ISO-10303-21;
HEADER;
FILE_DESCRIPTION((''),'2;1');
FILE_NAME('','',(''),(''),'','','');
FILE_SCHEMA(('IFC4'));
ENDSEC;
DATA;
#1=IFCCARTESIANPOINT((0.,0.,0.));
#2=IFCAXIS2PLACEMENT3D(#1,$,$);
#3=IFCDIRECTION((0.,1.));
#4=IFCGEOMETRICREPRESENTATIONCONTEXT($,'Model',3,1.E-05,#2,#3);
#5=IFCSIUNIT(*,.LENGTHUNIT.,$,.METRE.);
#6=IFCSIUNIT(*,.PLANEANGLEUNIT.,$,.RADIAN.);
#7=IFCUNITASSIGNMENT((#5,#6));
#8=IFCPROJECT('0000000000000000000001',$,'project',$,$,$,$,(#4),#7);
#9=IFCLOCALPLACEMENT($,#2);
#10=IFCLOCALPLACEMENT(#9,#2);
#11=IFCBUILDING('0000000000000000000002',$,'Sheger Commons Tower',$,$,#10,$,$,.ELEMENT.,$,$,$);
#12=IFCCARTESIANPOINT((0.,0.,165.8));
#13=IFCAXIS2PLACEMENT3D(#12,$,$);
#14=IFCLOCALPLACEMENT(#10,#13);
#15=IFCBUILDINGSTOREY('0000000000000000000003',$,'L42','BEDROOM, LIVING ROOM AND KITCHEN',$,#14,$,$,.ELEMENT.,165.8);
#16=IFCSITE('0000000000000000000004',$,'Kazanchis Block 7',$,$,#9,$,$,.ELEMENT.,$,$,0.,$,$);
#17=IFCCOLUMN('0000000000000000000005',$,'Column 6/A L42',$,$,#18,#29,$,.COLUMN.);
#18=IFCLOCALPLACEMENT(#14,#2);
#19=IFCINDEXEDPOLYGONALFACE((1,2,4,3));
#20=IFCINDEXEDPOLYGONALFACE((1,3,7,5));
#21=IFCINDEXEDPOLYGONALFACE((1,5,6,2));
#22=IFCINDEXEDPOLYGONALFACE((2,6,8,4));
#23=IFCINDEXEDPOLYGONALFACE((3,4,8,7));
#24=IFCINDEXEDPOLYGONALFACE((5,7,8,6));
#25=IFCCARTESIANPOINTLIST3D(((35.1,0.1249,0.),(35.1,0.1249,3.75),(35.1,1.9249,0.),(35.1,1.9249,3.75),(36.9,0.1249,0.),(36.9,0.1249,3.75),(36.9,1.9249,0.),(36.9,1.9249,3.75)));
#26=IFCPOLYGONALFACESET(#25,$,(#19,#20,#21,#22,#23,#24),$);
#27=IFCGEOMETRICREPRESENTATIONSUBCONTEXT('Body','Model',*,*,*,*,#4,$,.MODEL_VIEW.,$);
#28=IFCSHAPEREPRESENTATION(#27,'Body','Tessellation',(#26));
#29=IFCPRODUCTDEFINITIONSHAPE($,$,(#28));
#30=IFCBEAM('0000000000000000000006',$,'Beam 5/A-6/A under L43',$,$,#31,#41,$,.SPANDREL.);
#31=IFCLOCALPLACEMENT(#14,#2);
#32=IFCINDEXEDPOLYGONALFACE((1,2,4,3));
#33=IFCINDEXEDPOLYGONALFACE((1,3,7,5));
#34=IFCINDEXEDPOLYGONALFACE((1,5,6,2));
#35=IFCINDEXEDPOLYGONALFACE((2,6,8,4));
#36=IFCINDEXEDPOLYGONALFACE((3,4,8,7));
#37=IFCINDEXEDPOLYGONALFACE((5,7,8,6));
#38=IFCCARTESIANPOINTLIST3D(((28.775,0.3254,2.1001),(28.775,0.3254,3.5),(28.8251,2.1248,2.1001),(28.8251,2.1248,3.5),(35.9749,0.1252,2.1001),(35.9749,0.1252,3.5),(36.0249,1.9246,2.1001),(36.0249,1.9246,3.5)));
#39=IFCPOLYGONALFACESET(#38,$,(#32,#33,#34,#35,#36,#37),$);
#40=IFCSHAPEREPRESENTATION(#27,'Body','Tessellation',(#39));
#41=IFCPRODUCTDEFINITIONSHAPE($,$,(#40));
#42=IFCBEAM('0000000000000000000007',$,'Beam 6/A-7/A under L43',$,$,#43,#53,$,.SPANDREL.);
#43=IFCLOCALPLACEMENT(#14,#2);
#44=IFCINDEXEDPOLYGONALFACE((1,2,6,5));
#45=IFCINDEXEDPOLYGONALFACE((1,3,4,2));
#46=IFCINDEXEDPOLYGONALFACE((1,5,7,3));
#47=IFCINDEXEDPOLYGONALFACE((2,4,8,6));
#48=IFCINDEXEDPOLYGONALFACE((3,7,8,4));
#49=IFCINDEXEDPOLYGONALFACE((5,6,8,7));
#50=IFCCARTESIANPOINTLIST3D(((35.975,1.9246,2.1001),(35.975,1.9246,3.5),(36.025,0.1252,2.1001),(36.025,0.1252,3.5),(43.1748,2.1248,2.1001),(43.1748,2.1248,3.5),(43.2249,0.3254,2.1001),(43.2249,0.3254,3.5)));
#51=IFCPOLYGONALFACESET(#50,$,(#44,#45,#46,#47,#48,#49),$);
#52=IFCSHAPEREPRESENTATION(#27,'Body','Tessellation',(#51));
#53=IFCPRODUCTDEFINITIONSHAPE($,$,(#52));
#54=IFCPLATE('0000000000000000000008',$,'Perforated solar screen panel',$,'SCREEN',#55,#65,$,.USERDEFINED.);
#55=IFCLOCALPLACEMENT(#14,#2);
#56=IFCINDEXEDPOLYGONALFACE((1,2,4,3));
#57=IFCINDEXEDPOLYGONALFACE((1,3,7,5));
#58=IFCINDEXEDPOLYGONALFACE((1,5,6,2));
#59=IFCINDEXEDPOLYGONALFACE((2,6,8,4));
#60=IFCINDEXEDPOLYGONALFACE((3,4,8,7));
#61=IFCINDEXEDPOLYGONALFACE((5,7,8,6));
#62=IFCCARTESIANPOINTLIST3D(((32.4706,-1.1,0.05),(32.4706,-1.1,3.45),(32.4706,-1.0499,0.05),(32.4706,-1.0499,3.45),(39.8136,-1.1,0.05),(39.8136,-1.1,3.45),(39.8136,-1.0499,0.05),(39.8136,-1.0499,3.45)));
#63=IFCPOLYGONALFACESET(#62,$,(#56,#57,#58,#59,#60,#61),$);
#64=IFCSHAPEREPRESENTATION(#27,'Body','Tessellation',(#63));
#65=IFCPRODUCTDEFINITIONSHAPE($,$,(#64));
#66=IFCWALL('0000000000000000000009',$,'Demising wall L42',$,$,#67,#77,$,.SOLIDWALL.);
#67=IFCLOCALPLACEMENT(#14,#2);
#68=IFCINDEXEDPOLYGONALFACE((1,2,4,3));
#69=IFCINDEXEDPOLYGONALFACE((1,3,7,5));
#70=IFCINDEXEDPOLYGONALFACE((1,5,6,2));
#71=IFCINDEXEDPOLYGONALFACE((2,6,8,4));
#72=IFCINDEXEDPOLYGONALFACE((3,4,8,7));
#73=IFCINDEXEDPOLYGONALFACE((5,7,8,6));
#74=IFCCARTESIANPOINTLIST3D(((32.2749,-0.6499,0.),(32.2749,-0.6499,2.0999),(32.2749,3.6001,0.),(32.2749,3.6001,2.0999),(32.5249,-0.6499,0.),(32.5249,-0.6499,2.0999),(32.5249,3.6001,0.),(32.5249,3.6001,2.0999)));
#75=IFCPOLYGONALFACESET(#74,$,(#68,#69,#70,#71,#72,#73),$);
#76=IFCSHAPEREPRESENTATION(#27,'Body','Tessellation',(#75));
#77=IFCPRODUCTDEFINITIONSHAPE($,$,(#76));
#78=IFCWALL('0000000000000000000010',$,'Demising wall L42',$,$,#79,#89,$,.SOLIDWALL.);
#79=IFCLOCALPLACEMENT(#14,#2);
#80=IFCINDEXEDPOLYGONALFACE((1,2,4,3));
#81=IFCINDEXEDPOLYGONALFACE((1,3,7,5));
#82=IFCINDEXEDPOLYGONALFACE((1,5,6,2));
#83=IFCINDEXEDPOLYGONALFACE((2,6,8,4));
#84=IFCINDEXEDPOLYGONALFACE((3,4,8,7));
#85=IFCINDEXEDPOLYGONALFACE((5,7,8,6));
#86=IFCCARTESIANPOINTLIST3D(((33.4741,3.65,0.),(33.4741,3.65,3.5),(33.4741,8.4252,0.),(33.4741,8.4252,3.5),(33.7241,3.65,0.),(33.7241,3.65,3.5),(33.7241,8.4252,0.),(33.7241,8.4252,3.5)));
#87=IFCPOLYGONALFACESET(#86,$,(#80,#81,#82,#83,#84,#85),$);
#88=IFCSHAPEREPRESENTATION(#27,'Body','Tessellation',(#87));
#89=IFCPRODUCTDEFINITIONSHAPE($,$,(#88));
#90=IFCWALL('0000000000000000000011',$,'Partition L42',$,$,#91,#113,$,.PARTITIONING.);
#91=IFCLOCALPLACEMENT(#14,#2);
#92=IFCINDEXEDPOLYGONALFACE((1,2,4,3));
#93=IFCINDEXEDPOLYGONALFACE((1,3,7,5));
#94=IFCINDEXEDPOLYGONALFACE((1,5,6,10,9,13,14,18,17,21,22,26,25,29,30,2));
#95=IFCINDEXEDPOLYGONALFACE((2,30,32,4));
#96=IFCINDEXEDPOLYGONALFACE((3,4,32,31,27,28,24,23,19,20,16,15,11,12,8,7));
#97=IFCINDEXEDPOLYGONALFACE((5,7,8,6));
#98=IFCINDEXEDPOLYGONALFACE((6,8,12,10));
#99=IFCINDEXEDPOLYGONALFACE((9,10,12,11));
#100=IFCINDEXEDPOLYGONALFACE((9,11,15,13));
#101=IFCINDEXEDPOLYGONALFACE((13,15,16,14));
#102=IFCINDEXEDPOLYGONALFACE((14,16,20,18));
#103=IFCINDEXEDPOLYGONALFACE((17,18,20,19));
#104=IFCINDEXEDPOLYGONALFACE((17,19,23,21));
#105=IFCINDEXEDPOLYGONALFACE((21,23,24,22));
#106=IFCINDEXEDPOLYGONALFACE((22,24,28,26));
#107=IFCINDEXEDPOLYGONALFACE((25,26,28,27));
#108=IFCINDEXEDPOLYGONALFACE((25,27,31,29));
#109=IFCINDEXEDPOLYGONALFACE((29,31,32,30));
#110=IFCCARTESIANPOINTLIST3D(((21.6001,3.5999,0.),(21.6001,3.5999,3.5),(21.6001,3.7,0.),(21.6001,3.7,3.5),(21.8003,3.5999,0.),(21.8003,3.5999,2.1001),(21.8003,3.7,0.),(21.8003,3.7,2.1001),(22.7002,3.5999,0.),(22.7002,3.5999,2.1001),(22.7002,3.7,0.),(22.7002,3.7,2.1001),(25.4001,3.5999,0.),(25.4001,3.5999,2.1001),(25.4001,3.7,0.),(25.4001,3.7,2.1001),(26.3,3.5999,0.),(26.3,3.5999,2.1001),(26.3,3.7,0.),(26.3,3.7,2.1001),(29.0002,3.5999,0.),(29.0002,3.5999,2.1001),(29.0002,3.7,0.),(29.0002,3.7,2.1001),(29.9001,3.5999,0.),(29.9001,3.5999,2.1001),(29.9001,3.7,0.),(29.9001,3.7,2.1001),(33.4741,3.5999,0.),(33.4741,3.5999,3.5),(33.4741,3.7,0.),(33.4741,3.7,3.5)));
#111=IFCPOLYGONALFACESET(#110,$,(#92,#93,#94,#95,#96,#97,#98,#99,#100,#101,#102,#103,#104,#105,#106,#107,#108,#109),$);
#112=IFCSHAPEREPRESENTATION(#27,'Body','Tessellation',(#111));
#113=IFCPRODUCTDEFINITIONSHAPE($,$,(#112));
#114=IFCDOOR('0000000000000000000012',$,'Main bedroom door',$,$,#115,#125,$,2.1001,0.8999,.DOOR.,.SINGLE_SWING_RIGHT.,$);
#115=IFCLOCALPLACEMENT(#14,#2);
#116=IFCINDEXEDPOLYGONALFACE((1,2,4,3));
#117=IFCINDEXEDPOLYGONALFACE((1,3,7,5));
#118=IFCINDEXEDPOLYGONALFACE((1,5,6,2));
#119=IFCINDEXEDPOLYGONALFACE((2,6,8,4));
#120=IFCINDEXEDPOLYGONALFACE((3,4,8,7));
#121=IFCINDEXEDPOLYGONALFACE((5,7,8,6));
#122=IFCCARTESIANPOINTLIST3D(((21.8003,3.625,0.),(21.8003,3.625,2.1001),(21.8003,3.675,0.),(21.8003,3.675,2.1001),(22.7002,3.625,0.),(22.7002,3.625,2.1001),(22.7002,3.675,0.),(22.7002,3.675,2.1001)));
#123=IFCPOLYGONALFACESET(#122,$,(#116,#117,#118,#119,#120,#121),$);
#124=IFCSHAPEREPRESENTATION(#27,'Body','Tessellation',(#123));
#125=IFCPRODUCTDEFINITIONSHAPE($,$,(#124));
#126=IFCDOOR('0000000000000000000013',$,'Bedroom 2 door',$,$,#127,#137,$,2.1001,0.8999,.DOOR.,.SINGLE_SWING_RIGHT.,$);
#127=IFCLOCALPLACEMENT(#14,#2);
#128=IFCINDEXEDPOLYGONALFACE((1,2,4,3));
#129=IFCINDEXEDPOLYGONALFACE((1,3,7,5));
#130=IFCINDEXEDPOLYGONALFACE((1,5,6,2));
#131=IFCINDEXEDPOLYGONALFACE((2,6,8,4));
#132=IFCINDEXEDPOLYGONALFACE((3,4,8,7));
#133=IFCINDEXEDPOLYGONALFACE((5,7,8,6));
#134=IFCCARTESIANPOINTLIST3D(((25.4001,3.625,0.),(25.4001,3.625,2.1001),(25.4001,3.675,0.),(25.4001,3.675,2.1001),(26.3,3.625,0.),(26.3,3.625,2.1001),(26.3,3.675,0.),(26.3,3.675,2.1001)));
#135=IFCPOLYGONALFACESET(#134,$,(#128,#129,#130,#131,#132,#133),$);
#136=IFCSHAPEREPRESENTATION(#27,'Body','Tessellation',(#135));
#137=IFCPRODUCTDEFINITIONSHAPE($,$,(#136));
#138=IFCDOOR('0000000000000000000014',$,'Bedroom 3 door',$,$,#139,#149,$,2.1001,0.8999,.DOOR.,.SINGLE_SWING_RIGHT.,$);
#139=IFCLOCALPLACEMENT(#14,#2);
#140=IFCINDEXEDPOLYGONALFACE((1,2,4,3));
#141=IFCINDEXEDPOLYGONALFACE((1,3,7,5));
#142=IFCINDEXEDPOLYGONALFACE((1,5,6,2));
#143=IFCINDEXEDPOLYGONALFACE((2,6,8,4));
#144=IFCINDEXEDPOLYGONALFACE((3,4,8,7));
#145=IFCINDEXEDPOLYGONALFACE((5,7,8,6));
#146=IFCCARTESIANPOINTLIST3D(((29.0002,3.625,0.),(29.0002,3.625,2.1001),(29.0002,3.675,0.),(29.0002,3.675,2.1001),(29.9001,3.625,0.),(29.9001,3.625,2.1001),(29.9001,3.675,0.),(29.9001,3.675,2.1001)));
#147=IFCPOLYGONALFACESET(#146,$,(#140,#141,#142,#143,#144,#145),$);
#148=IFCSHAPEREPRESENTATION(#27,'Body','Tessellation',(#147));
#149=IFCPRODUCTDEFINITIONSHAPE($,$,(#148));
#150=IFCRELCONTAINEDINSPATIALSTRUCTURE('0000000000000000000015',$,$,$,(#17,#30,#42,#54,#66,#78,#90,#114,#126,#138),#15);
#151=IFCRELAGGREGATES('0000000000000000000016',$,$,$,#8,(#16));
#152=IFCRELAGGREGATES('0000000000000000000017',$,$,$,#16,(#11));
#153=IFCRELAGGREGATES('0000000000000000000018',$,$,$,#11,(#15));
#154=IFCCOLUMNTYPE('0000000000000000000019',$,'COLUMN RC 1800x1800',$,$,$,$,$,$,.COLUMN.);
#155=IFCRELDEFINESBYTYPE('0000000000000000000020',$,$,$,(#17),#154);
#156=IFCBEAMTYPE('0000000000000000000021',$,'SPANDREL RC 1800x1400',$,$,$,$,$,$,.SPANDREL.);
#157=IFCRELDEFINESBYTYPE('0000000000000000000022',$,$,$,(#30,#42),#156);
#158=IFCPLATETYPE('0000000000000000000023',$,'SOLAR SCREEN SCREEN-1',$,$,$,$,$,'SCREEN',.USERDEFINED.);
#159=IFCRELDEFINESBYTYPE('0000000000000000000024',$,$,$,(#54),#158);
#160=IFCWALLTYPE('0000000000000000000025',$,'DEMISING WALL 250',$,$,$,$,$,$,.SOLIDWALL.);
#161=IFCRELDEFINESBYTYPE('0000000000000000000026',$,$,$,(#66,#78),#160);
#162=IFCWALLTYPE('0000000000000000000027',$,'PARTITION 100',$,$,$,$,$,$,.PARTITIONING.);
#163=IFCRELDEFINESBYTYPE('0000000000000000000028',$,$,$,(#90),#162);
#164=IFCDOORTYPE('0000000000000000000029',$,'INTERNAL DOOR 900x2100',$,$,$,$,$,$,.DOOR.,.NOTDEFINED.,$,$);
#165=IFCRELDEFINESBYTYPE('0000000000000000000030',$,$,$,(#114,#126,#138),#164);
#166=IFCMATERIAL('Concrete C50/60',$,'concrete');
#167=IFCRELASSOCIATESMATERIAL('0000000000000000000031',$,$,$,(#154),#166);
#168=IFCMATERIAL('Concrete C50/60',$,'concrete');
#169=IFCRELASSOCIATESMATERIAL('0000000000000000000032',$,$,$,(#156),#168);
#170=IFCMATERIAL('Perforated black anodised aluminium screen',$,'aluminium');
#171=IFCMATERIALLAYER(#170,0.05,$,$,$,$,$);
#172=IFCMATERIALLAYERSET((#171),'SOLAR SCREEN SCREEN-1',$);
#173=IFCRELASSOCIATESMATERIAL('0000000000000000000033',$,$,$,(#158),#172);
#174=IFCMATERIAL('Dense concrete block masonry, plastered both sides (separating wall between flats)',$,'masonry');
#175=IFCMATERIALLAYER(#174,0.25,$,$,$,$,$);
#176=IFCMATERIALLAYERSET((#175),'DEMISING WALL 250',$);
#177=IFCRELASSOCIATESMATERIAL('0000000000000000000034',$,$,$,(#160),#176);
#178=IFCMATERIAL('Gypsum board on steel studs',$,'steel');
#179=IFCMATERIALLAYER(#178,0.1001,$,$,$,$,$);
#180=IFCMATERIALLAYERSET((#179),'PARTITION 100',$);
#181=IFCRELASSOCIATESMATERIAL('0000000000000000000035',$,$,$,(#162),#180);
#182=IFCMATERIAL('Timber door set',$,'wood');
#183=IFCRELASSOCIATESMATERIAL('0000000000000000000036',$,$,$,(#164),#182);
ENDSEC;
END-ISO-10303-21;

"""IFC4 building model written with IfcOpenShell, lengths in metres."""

from ifc_helpers import new_model, si_unit, direction, frame, frame_2d, origin, origin_2d, place, context, subcontext, project, spatial, rectangle, extrude, material, layer, layer_set, material_profile, profile_set, type_object, element, fill, save


model = new_model("IFC4")

# Units and contexts
model_context = context("Model", 3, precision=1e-05, world=origin(), true_north=direction((0.0, 1.0)))
body_context = subcontext(model_context, "Body", "Model", "MODEL_VIEW")
ifc_project = project(units=[si_unit("LENGTHUNIT", "METRE"), si_unit("PLANEANGLEUNIT", "RADIAN")], contexts=[model_context])

# Site, building, storey
site_placement = place(None, origin())
site = spatial("IfcSite", under=ifc_project, at=site_placement, Name="Kazanchis Block 7", CompositionType="ELEMENT", RefElevation=0.0)
building_placement = place(site_placement, origin())
building = spatial("IfcBuilding", under=site, at=building_placement, Name="Sheger Commons Tower", CompositionType="ELEMENT")
storey_placement = place(building_placement, frame((0.0, 0.0, 165.8)))
storey = spatial("IfcBuildingStorey", under=building, at=storey_placement, Name="L42", Description="BEDROOM, LIVING ROOM AND KITCHEN", CompositionType="ELEMENT", Elevation=165.8)

# Column
ifc_material_1 = material(Name="Concrete C50/60", Category="concrete")
ifc_material_profile_1 = material_profile(ifc_material_1, rectangle(XDim=1.8, YDim=1.8, at=origin_2d()), Name="RC 1800x1800")
ifc_profile_set_1 = profile_set([ifc_material_profile_1], Name="Concrete C50/60")
column_type = type_object("IfcColumnType", Name="COLUMN RC 1800x1800", PredefinedType="COLUMN", material=ifc_profile_set_1)
column_placement = place(storey_placement, frame((36.0, 1.0249, 0.0), z_axis=(0.0, 0.0, 1.0), x_axis=(1.0, 0.0, 0.0)))
element("IfcColumn", 1, at=column_placement, inside=storey, type_object=column_type, Name="Column 6/A L42", PredefinedType="COLUMN", context=body_context, shape_type="SweptSolid", body=[
    extrude(rectangle(XDim=1.8, YDim=1.8, at=origin_2d()), origin(), (0.0, 0.0, 1.0), 3.75),
])

# Beams
ifc_material_2 = material(Name="Concrete C50/60", Category="concrete")
ifc_material_profile_2 = material_profile(ifc_material_2, rectangle(XDim=1.8, YDim=1.3999, at=origin_2d()), Name="RC 1800x1400")
ifc_profile_set_2 = profile_set([ifc_material_profile_2], Name="Concrete C50/60")
beam_type = type_object("IfcBeamType", Name="SPANDREL RC 1800x1400", PredefinedType="SPANDREL", material=ifc_profile_set_2)
for number, where, z_axis, x_axis, name in (
    (2, (28.8, 1.2251, 2.8), (0.999614, -0.027794, 0.0), (0.027794, 0.999614, 0.0), "Beam 5/A-6/A under L43"),
    (3, (36.0, 1.0249, 2.8), (0.999614, 0.027794, 0.0), (-0.027794, 0.999614, 0.0), "Beam 6/A-7/A under L43"),
):
    element("IfcBeam", number, at=place(storey_placement, frame(where, z_axis=z_axis, x_axis=x_axis)), inside=storey, type_object=beam_type, Name=name, PredefinedType="SPANDREL", context=body_context, shape_type="SweptSolid", body=[
        extrude(rectangle(XDim=1.8, YDim=1.3999, at=origin_2d()), origin(), (0.0, 0.0, 1.0), 7.2026),
    ])

# Plate
ifc_material_3 = material(Name="Perforated black anodised aluminium screen", Category="aluminium")
ifc_layer_1 = layer(ifc_material_3, 0.05)
ifc_layer_set_1 = layer_set([ifc_layer_1], Name="SOLAR SCREEN SCREEN-1")
plate_type = type_object("IfcPlateType", Name="SOLAR SCREEN SCREEN-1", ElementType="SCREEN", PredefinedType="USERDEFINED", material=ifc_layer_set_1)
plate_placement = place(storey_placement, frame((36.1421, -1.075, 0.05), z_axis=(0.0, 0.0, 1.0), x_axis=(1.0, 0.0, 0.0)))
element("IfcPlate", 4, at=plate_placement, inside=storey, type_object=plate_type, Name="Perforated solar screen panel", ObjectType="SCREEN", PredefinedType="USERDEFINED", context=body_context, shape_type="SweptSolid", body=[
    extrude(rectangle(XDim=7.343, YDim=0.05, at=origin_2d()), origin(), (0.0, 0.0, 1.0), 3.3999),
])

# Walls
ifc_material_4 = material(Name="Dense concrete block masonry, plastered both sides (separating wall between flats)", Category="masonry")
ifc_layer_2 = layer(ifc_material_4, 0.25)
ifc_layer_set_2 = layer_set([ifc_layer_2], Name="DEMISING WALL 250")
wall_type_1 = type_object("IfcWallType", Name="DEMISING WALL 250", PredefinedType="SOLIDWALL", material=ifc_layer_set_2)
wall_1_placement = place(storey_placement, frame((32.3999, -0.6499, 0.0), z_axis=(0.0, 0.0, 1.0), x_axis=(0.0, 1.0, 0.0)))
element("IfcWall", 5, at=wall_1_placement, inside=storey, type_object=wall_type_1, Name="Demising wall L42", PredefinedType="SOLIDWALL", context=body_context, shape_type="SweptSolid", body=[
    extrude(rectangle(XDim=4.25, YDim=0.25, at=frame_2d((2.125, 0.0))), origin(), (0.0, 0.0, 1.0), 2.0999),
])
wall_2_placement = place(storey_placement, frame((33.5991, 3.6499, 0.0), z_axis=(0.0, 0.0, 1.0), x_axis=(0.0, 1.0, 0.0)))
element("IfcWall", 6, at=wall_2_placement, inside=storey, type_object=wall_type_1, Name="Demising wall L42", PredefinedType="SOLIDWALL", context=body_context, shape_type="SweptSolid", body=[
    extrude(rectangle(XDim=4.7751, YDim=0.25, at=frame_2d((2.3877, 0.0))), origin(), (0.0, 0.0, 1.0), 3.5),
])

# Wall, openings, doors
ifc_material_5 = material(Name="Gypsum board on steel studs", Category="steel")
ifc_layer_3 = layer(ifc_material_5, 0.1001)
ifc_layer_set_3 = layer_set([ifc_layer_3], Name="PARTITION 100")
wall_type_2 = type_object("IfcWallType", Name="PARTITION 100", PredefinedType="PARTITIONING", material=ifc_layer_set_3)
wall_3_placement = place(storey_placement, frame((33.4741, 3.6499, 0.0), z_axis=(0.0, 0.0, 1.0), x_axis=(-1.0, 0.0, 0.0)))
wall_3 = element("IfcWall", 7, at=wall_3_placement, inside=storey, type_object=wall_type_2, Name="Partition L42", PredefinedType="PARTITIONING", context=body_context, shape_type="SweptSolid", body=[
    extrude(rectangle(XDim=11.874, YDim=0.1001, at=frame_2d((5.937, 0.0))), origin(), (0.0, 0.0, 1.0), 3.5),
])
opening_1_placement = place(wall_3_placement, frame((10.7739, 0.0, 0.0)))
opening_1 = element("IfcOpeningElement", 8, at=opening_1_placement, cuts=wall_3, PredefinedType="OPENING", context=body_context, shape_type="SweptSolid", body=[
    extrude(rectangle(XDim=0.8999, YDim=2.1001, at=frame_2d((0.45, 1.05))), frame((0.0, 0.0601, 0.0), z_axis=(0.0, -1.0, 0.0), x_axis=(1.0, 0.0, 0.0)), (0.0, 0.0, 1.0), 0.1201),
])
opening_2_placement = place(wall_3_placement, frame((7.1741, 0.0, 0.0)))
opening_2 = element("IfcOpeningElement", 9, at=opening_2_placement, cuts=wall_3, PredefinedType="OPENING", context=body_context, shape_type="SweptSolid", body=[
    extrude(rectangle(XDim=0.8999, YDim=2.1001, at=frame_2d((0.45, 1.05))), frame((0.0, 0.0601, 0.0), z_axis=(0.0, -1.0, 0.0), x_axis=(1.0, 0.0, 0.0)), (0.0, 0.0, 1.0), 0.1201),
])
opening_3_placement = place(wall_3_placement, frame((3.574, 0.0, 0.0)))
opening_3 = element("IfcOpeningElement", 10, at=opening_3_placement, cuts=wall_3, PredefinedType="OPENING", context=body_context, shape_type="SweptSolid", body=[
    extrude(rectangle(XDim=0.8999, YDim=2.1001, at=frame_2d((0.45, 1.05))), frame((0.0, 0.0601, 0.0), z_axis=(0.0, -1.0, 0.0), x_axis=(1.0, 0.0, 0.0)), (0.0, 0.0, 1.0), 0.1201),
])
ifc_material_6 = material(Name="Timber door set", Category="wood")
door_type = type_object("IfcDoorType", Name="INTERNAL DOOR 900x2100", OperationType="NOTDEFINED", PredefinedType="DOOR", material=ifc_material_6)
door_1_placement = place(opening_1_placement, origin())
door_1 = element("IfcDoor", 11, at=door_1_placement, inside=storey, type_object=door_type, Name="Main bedroom door", OperationType="SINGLE_SWING_RIGHT", OverallHeight=2.1001, OverallWidth=0.8999, PredefinedType="DOOR", context=body_context, shape_type="SweptSolid", body=[
    extrude(rectangle(XDim=0.8999, YDim=2.1001, at=frame_2d((0.45, 1.05))), frame((0.0, 0.0249, 0.0), z_axis=(0.0, -1.0, 0.0), x_axis=(1.0, 0.0, 0.0)), (0.0, 0.0, 1.0), 0.05),
])
fill(opening_1, door_1)
door_2_placement = place(opening_2_placement, origin())
door_2 = element("IfcDoor", 12, at=door_2_placement, inside=storey, type_object=door_type, Name="Bedroom 2 door", OperationType="SINGLE_SWING_RIGHT", OverallHeight=2.1001, OverallWidth=0.8999, PredefinedType="DOOR", context=body_context, shape_type="SweptSolid", body=[
    extrude(rectangle(XDim=0.8999, YDim=2.1001, at=frame_2d((0.45, 1.05))), frame((0.0, 0.0249, 0.0), z_axis=(0.0, -1.0, 0.0), x_axis=(1.0, 0.0, 0.0)), (0.0, 0.0, 1.0), 0.05),
])
fill(opening_2, door_2)
door_3_placement = place(opening_3_placement, origin())
door_3 = element("IfcDoor", 13, at=door_3_placement, inside=storey, type_object=door_type, Name="Bedroom 3 door", OperationType="SINGLE_SWING_RIGHT", OverallHeight=2.1001, OverallWidth=0.8999, PredefinedType="DOOR", context=body_context, shape_type="SweptSolid", body=[
    extrude(rectangle(XDim=0.8999, YDim=2.1001, at=frame_2d((0.45, 1.05))), frame((0.0, 0.0249, 0.0), z_axis=(0.0, -1.0, 0.0), x_axis=(1.0, 0.0, 0.0)), (0.0, 0.0, 1.0), 0.05),
])
fill(opening_3, door_3)

save(model, "model.ifc")
